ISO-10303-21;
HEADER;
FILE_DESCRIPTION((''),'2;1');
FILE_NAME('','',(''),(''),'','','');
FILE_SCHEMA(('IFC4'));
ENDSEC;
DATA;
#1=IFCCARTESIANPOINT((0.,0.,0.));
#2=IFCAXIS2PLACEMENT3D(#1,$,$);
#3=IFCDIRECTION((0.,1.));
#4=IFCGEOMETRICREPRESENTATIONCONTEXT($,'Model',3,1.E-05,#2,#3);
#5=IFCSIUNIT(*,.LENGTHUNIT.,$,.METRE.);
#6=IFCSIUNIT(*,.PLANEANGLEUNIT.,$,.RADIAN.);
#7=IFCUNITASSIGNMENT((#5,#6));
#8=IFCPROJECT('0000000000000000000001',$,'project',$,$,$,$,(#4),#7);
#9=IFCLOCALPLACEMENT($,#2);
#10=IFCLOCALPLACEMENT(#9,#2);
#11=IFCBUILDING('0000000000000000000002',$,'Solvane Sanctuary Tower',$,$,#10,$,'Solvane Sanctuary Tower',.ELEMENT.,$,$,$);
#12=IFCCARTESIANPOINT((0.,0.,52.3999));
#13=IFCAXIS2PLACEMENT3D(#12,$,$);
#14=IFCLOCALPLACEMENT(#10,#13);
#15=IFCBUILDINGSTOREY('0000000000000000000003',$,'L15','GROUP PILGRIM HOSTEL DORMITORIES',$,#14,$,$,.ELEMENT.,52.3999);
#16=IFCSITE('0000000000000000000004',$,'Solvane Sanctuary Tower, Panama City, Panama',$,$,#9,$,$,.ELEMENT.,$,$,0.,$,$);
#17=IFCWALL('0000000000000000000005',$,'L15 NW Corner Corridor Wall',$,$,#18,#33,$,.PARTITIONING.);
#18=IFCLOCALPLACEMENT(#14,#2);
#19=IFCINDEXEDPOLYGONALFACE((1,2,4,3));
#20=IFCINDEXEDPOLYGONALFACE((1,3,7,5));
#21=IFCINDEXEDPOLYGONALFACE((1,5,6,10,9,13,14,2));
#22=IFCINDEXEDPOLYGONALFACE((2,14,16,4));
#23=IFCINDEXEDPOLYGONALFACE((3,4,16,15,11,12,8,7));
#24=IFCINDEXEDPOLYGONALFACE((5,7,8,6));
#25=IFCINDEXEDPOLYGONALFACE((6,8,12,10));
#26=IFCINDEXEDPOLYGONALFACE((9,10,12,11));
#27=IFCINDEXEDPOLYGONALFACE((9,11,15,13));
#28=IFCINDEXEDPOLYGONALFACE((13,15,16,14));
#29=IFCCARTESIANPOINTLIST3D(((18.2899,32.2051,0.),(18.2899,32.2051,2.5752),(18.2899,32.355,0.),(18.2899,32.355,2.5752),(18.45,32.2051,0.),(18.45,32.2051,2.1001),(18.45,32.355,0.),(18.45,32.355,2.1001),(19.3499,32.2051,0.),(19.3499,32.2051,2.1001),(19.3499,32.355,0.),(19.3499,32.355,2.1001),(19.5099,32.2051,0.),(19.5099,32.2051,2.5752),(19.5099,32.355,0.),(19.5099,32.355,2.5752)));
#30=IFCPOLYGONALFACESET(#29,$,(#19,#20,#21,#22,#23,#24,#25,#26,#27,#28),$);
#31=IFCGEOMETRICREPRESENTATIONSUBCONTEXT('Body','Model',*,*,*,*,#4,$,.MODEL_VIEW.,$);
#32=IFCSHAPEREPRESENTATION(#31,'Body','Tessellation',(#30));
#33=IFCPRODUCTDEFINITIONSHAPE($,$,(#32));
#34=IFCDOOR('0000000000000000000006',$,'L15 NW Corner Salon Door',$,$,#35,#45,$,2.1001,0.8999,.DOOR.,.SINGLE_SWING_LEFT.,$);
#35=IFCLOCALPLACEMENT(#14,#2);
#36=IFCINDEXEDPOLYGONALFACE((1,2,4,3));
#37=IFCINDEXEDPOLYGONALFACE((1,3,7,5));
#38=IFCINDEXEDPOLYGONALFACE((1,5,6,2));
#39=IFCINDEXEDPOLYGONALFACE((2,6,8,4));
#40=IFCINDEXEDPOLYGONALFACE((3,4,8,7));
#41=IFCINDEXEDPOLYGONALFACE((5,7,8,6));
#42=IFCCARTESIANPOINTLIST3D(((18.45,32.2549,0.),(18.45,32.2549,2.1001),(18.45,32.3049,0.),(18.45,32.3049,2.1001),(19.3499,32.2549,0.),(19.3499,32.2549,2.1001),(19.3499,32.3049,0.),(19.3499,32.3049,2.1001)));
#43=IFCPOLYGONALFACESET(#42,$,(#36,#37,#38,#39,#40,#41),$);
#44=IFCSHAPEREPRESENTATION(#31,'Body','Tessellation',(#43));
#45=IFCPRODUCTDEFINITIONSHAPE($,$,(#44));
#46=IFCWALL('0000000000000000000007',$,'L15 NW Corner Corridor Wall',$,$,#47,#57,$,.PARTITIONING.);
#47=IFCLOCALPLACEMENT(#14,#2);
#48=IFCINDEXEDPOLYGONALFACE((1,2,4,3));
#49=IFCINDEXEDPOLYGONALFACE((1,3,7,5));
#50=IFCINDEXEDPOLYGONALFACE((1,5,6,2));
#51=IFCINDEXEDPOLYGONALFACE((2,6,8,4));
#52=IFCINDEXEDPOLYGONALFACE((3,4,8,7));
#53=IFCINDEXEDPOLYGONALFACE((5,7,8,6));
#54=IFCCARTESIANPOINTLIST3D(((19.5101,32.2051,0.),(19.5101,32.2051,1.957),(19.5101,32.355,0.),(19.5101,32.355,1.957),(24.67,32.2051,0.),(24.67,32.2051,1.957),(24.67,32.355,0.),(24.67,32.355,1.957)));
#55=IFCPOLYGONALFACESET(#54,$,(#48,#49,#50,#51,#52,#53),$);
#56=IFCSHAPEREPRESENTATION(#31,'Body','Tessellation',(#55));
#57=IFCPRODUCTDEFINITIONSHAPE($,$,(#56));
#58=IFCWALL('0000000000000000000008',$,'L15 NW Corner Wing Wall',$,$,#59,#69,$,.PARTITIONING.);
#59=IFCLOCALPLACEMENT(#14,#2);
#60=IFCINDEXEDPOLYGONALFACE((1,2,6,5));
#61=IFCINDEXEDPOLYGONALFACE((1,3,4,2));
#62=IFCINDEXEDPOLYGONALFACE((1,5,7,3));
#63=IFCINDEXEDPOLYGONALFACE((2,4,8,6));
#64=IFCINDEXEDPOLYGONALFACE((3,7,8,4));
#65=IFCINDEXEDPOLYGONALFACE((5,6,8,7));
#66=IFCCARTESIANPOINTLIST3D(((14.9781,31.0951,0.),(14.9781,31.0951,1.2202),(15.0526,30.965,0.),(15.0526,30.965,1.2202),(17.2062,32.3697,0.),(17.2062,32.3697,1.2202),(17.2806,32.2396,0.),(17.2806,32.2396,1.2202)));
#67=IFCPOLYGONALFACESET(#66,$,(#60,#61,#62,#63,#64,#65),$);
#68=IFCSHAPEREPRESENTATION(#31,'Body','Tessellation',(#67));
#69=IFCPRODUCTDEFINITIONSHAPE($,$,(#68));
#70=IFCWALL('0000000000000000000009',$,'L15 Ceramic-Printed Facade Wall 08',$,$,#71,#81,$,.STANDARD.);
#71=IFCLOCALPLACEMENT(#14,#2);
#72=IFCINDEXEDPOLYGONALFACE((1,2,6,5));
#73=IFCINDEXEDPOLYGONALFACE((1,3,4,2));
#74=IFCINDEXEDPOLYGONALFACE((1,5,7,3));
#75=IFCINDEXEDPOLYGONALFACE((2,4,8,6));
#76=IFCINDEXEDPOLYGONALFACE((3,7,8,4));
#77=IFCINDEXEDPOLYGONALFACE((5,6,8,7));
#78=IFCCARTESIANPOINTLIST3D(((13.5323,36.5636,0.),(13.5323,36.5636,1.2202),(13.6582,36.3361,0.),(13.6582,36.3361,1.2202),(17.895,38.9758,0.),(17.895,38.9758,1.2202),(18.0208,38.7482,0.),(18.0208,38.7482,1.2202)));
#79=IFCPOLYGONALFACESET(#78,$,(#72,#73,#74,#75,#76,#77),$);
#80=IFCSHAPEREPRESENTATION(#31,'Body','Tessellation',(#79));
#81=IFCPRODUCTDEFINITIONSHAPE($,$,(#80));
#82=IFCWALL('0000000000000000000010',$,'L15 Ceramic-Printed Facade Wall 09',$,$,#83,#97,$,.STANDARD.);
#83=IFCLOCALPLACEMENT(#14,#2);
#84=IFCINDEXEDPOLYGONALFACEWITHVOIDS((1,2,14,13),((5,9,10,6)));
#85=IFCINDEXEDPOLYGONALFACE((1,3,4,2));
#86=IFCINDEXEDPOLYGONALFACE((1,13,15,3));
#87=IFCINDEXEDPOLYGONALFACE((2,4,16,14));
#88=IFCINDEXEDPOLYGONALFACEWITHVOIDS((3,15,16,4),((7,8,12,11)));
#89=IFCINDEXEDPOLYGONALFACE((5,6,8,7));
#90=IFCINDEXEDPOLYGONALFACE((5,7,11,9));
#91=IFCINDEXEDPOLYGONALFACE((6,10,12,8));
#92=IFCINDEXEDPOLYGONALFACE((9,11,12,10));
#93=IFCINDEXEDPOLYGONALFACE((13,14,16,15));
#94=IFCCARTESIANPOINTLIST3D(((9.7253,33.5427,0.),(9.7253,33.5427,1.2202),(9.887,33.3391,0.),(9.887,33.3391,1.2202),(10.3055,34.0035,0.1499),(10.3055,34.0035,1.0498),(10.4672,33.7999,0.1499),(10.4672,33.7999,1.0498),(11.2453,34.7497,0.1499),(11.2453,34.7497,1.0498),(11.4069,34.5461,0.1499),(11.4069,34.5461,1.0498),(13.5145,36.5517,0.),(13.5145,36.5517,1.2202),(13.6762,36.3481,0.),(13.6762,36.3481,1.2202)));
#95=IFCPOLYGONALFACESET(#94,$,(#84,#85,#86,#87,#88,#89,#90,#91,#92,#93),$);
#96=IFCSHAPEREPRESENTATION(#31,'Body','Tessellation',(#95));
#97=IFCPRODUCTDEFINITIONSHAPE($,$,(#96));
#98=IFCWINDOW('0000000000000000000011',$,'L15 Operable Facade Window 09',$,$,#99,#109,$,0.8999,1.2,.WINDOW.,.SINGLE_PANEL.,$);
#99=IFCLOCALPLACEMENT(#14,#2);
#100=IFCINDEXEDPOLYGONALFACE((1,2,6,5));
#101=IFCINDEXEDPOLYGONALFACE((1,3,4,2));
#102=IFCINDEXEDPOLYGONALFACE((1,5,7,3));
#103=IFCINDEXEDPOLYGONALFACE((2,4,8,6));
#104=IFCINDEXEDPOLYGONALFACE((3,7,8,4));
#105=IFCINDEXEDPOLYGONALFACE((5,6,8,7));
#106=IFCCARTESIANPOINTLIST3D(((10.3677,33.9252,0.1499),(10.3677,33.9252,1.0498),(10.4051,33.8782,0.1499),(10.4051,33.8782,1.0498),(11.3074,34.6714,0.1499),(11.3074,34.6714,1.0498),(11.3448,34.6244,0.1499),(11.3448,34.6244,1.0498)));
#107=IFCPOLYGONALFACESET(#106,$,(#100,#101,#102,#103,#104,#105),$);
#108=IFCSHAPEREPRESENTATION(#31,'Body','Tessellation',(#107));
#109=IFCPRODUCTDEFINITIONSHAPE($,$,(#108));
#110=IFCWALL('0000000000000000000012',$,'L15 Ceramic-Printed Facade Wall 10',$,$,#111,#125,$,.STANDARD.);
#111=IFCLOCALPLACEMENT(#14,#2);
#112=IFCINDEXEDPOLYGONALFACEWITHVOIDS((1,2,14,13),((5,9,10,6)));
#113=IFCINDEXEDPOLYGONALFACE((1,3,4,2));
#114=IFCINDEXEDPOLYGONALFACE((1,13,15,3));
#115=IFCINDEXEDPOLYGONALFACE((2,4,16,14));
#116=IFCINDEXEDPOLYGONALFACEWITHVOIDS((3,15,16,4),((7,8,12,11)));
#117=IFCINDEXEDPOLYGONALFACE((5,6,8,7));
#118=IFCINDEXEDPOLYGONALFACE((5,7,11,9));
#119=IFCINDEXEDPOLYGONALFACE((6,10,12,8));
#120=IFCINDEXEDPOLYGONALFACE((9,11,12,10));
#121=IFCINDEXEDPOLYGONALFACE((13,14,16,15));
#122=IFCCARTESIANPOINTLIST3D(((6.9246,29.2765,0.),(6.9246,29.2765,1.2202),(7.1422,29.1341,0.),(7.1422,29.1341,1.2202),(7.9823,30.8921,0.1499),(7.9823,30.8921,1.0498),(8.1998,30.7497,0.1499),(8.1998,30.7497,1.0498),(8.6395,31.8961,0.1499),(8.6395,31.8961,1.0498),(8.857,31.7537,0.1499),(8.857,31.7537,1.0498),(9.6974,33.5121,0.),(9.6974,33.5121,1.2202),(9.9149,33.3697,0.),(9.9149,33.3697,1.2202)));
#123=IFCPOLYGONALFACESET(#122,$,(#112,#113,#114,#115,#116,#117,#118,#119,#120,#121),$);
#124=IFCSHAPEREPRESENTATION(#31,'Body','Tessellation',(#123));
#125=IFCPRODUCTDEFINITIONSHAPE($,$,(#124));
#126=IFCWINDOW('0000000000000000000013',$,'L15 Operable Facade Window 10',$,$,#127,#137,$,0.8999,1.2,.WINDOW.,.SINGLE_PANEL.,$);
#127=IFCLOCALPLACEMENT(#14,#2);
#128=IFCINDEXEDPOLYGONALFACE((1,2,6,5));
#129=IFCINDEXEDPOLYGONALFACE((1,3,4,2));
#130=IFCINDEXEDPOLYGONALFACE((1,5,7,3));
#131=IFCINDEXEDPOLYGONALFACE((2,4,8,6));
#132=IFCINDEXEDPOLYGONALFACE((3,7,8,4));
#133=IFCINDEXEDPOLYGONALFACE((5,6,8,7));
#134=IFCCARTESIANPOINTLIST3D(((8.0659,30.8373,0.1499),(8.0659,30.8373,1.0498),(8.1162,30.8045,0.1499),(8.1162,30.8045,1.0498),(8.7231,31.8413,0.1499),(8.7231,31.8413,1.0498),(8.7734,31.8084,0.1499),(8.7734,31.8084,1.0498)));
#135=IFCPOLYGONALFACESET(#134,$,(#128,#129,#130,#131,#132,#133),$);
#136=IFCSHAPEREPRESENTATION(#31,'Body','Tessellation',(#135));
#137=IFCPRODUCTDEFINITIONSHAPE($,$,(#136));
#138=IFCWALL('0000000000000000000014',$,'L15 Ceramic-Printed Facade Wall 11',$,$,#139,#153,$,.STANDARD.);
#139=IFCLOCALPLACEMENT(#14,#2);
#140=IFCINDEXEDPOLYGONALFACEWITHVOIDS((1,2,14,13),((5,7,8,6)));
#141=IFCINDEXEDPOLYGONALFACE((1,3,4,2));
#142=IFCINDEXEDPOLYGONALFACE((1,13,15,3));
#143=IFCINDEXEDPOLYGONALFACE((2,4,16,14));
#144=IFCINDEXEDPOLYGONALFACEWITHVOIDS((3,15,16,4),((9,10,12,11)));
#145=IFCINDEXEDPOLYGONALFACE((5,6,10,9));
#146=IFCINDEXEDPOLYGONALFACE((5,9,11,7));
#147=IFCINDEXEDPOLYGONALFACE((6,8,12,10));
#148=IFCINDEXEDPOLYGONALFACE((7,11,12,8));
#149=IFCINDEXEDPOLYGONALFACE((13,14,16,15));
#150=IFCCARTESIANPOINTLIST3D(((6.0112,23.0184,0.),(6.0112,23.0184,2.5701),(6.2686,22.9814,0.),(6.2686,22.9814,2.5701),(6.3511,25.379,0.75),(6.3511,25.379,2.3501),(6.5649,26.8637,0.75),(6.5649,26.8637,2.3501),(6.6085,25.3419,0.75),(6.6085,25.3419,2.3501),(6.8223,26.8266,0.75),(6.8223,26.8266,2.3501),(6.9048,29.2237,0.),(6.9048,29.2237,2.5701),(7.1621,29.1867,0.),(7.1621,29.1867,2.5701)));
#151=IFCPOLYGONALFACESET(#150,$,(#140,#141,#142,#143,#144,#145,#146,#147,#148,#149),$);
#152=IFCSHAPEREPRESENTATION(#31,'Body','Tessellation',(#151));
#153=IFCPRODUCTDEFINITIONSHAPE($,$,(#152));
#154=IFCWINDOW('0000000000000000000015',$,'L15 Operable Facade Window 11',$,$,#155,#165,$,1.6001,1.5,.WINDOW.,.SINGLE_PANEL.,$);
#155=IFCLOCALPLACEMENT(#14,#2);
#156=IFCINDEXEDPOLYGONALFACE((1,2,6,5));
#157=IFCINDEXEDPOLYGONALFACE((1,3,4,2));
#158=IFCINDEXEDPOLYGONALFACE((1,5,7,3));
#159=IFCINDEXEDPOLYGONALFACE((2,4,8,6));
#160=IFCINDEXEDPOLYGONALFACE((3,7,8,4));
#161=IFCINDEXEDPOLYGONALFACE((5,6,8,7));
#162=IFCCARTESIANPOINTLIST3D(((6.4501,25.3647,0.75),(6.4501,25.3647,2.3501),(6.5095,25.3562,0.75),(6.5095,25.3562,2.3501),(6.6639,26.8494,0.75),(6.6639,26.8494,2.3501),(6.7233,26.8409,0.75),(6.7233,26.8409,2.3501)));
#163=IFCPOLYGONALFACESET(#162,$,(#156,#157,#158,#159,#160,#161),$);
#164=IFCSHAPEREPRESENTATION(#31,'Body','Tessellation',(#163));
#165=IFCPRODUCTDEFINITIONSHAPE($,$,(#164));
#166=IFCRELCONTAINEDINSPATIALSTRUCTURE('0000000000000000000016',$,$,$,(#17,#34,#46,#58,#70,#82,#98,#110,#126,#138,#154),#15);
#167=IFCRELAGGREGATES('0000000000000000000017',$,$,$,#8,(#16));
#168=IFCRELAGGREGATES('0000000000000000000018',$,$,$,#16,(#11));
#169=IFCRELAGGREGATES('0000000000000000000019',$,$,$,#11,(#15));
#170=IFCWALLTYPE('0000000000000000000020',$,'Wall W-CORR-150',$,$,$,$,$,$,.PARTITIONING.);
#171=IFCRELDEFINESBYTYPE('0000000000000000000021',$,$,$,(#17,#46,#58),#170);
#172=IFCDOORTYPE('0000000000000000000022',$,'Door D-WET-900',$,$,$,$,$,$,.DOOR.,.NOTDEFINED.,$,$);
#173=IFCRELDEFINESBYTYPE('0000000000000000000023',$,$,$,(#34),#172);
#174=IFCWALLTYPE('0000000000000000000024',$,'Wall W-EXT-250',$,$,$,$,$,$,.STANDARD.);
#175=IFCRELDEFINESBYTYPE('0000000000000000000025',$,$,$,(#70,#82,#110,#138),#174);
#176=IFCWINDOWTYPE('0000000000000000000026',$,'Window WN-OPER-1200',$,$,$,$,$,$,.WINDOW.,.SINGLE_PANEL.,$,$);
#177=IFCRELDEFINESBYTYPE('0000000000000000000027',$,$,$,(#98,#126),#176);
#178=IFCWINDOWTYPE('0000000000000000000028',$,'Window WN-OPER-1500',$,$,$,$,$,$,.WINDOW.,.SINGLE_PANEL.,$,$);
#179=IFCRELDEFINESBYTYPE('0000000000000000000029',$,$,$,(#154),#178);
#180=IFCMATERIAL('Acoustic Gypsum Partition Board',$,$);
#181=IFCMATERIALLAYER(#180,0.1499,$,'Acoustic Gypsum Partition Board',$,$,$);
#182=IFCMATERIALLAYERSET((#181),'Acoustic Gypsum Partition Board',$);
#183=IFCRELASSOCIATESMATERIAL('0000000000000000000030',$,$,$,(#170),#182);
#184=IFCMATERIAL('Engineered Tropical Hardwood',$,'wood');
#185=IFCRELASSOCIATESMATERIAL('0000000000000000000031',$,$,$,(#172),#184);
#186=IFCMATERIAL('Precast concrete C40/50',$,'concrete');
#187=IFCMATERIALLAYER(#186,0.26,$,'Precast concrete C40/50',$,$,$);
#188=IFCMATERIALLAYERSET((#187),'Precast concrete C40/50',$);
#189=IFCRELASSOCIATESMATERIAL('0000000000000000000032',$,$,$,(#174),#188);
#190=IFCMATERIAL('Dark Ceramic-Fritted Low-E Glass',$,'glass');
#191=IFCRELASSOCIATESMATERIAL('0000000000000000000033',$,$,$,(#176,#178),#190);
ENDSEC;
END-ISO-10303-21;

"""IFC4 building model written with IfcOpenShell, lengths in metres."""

from ifc_helpers import new_model, si_unit, direction, frame, frame_2d, origin, place, context, subcontext, project, spatial, rectangle, extrude, material, layer, layer_set, type_object, element, fill, save


model = new_model("IFC4")

# Units and contexts
model_context = context("Model", 3, precision=1e-05, world=origin(), true_north=direction((0.0, 1.0)))
body_context = subcontext(model_context, "Body", "Model", "MODEL_VIEW")
ifc_project = project(units=[si_unit("LENGTHUNIT", "METRE"), si_unit("PLANEANGLEUNIT", "RADIAN")], contexts=[model_context])

# Site, building, storey
site_placement = place(None, origin())
site = spatial("IfcSite", under=ifc_project, at=site_placement, Name="Solvane Sanctuary Tower, Panama City, Panama", CompositionType="ELEMENT", RefElevation=0.0)
building_placement = place(site_placement, origin())
building = spatial("IfcBuilding", under=site, at=building_placement, Name="Solvane Sanctuary Tower", LongName="Solvane Sanctuary Tower", CompositionType="ELEMENT")
storey_placement = place(building_placement, frame((0.0, 0.0, 52.3999)))
storey = spatial("IfcBuildingStorey", under=building, at=storey_placement, Name="L15", Description="GROUP PILGRIM HOSTEL DORMITORIES", CompositionType="ELEMENT", Elevation=52.3999)

# Shared definitions
ifc_material_1 = material(Name="Acoustic Gypsum Partition Board")
ifc_layer_1 = layer(ifc_material_1, 0.1499, Name="Acoustic Gypsum Partition Board")
ifc_layer_set_1 = layer_set([ifc_layer_1], Name="Acoustic Gypsum Partition Board")
wall_type_1 = type_object("IfcWallType", Name="Wall W-CORR-150", PredefinedType="PARTITIONING", material=ifc_layer_set_1)

# Wall, opening, door
wall_1_placement = place(storey_placement, frame((18.29, 32.28, 0.0), z_axis=(0.0, 0.0, 1.0), x_axis=(1.0, 0.0, 0.0)))
wall_1 = element("IfcWall", 1, at=wall_1_placement, inside=storey, type_object=wall_type_1, Name="L15 NW Corner Corridor Wall", PredefinedType="PARTITIONING", context=body_context, shape_type="SweptSolid", body=[
    extrude(rectangle(XDim=1.22, YDim=0.1499, at=frame_2d((0.6099, 0.0))), origin(), (0.0, 0.0, 1.0), 2.5752),
])
opening_1_placement = place(wall_1_placement, frame((0.1599, 0.0, 0.0)))
opening_1 = element("IfcOpeningElement", 2, at=opening_1_placement, cuts=wall_1, PredefinedType="OPENING", context=body_context, shape_type="SweptSolid", body=[
    extrude(rectangle(XDim=0.8999, YDim=2.1001, at=frame_2d((0.45, 1.05))), frame((0.0, 0.085, 0.0), z_axis=(0.0, -1.0, 0.0), x_axis=(1.0, 0.0, 0.0)), (0.0, 0.0, 1.0), 0.1699),
])
ifc_material_2 = material(Name="Engineered Tropical Hardwood", Category="wood")
door_type_1 = type_object("IfcDoorType", Name="Door D-WET-900", OperationType="NOTDEFINED", PredefinedType="DOOR", material=ifc_material_2)
door_1_placement = place(opening_1_placement, origin())
door_1 = element("IfcDoor", 3, at=door_1_placement, inside=storey, type_object=door_type_1, Name="L15 NW Corner Salon Door", OperationType="SINGLE_SWING_LEFT", OverallHeight=2.1001, OverallWidth=0.8999, PredefinedType="DOOR", context=body_context, shape_type="SweptSolid", body=[
    extrude(rectangle(XDim=0.8999, YDim=2.1001, at=frame_2d((0.45, 1.05))), frame((0.0, 0.0249, 0.0), z_axis=(0.0, -1.0, 0.0), x_axis=(1.0, 0.0, 0.0)), (0.0, 0.0, 1.0), 0.05),
])
fill(opening_1, door_1)

# Walls
wall_2_placement = place(storey_placement, frame((19.51, 32.28, 0.0), z_axis=(0.0, 0.0, 1.0), x_axis=(1.0, 0.0, 0.0)))
element("IfcWall", 4, at=wall_2_placement, inside=storey, type_object=wall_type_1, Name="L15 NW Corner Corridor Wall", PredefinedType="PARTITIONING", context=body_context, shape_type="SweptSolid", body=[
    extrude(rectangle(XDim=5.1599, YDim=0.1499, at=frame_2d((2.5801, 0.0))), origin(), (0.0, 0.0, 1.0), 1.957),
])
wall_3_placement = place(storey_placement, frame((17.2434, 32.3047, 0.0), z_axis=(0.0, 0.0, 1.0), x_axis=(-0.867991, -0.496579, 0.0)))
element("IfcWall", 5, at=wall_3_placement, inside=storey, type_object=wall_type_1, Name="L15 NW Corner Wing Wall", PredefinedType="PARTITIONING", context=body_context, shape_type="SweptSolid", body=[
    extrude(rectangle(XDim=2.5669, YDim=0.1499, at=frame_2d((1.2834, 0.0))), origin(), (0.0, 0.0, 1.0), 1.2202),
])
ifc_material_3 = material(Name="Precast concrete C40/50", Category="concrete")
ifc_layer_2 = layer(ifc_material_3, 0.26, Name="Precast concrete C40/50")
ifc_layer_set_2 = layer_set([ifc_layer_2], Name="Precast concrete C40/50")
wall_type_2 = type_object("IfcWallType", Name="Wall W-EXT-250", PredefinedType="STANDARD", material=ifc_layer_set_2)
wall_4_placement = place(storey_placement, frame((17.958, 38.8621, 0.0), z_axis=(0.0, 0.0, 1.0), x_axis=(-0.875137, -0.483875, 0.0)))
element("IfcWall", 6, at=wall_4_placement, inside=storey, type_object=wall_type_2, Name="L15 Ceramic-Printed Facade Wall 08", PredefinedType="STANDARD", context=body_context, shape_type="SweptSolid", body=[
    extrude(rectangle(XDim=4.9851, YDim=0.26, at=frame_2d((2.4927, 0.0))), origin(), (0.0, 0.0, 1.0), 1.2202),
])

# Walls, openings, windows
wall_5_placement = place(storey_placement, frame((13.5955, 36.45, 0.0), z_axis=(0.0, 0.0, 1.0), x_axis=(-0.783123, -0.621867, 0.0)))
wall_5 = element("IfcWall", 7, at=wall_5_placement, inside=storey, type_object=wall_type_2, Name="L15 Ceramic-Printed Facade Wall 09", PredefinedType="STANDARD", context=body_context, shape_type="SweptSolid", body=[
    extrude(rectangle(XDim=4.8386, YDim=0.26, at=frame_2d((2.4194, 0.0))), origin(), (0.0, 0.0, 1.0), 1.2202),
])
opening_2_placement = place(wall_5_placement, frame((2.8977, 0.0, 0.1499)))
opening_2 = element("IfcOpeningElement", 8, at=opening_2_placement, cuts=wall_5, PredefinedType="OPENING", context=body_context, shape_type="SweptSolid", body=[
    extrude(rectangle(XDim=1.2, YDim=0.8999, at=frame_2d((0.6001, 0.45))), frame((0.0, 0.1399, 0.0), z_axis=(0.0, -1.0, 0.0), x_axis=(1.0, 0.0, 0.0)), (0.0, 0.0, 1.0), 0.28),
])
ifc_material_4 = material(Name="Dark Ceramic-Fritted Low-E Glass", Category="glass")
window_type_1 = type_object("IfcWindowType", Name="Window WN-OPER-1200", PartitioningType="SINGLE_PANEL", PredefinedType="WINDOW", material=ifc_material_4)
window_1_placement = place(opening_2_placement, origin())
window_1 = element("IfcWindow", 9, at=window_1_placement, inside=storey, type_object=window_type_1, Name="L15 Operable Facade Window 09", OverallHeight=0.8999, OverallWidth=1.2, PartitioningType="SINGLE_PANEL", PredefinedType="WINDOW", context=body_context, shape_type="SweptSolid", body=[
    extrude(rectangle(XDim=1.2, YDim=0.8999, at=frame_2d((0.6001, 0.45))), frame((0.0, 0.03, 0.0), z_axis=(0.0, -1.0, 0.0), x_axis=(1.0, 0.0, 0.0)), (0.0, 0.0, 1.0), 0.0601),
])
fill(opening_2, window_1)
wall_6_placement = place(storey_placement, frame((9.8062, 33.4409, 0.0), z_axis=(0.0, 0.0, 1.0), x_axis=(-0.547703, -0.836673, 0.0)))
wall_6 = element("IfcWall", 10, at=wall_6_placement, inside=storey, type_object=wall_type_2, Name="L15 Ceramic-Printed Facade Wall 10", PredefinedType="STANDARD", context=body_context, shape_type="SweptSolid", body=[
    extrude(rectangle(XDim=5.0625, YDim=0.26, at=frame_2d((2.5312, 0.0))), origin(), (0.0, 0.0, 1.0), 1.2202),
])
opening_3_placement = place(wall_6_placement, frame((1.9314, 0.0, 0.1499)))
opening_3 = element("IfcOpeningElement", 11, at=opening_3_placement, cuts=wall_6, PredefinedType="OPENING", context=body_context, shape_type="SweptSolid", body=[
    extrude(rectangle(XDim=1.2, YDim=0.8999, at=frame_2d((0.6001, 0.45))), frame((0.0, 0.1399, 0.0), z_axis=(0.0, -1.0, 0.0), x_axis=(1.0, 0.0, 0.0)), (0.0, 0.0, 1.0), 0.28),
])
window_2_placement = place(opening_3_placement, origin())
window_2 = element("IfcWindow", 12, at=window_2_placement, inside=storey, type_object=window_type_1, Name="L15 Operable Facade Window 10", OverallHeight=0.8999, OverallWidth=1.2, PartitioningType="SINGLE_PANEL", PredefinedType="WINDOW", context=body_context, shape_type="SweptSolid", body=[
    extrude(rectangle(XDim=1.2, YDim=0.8999, at=frame_2d((0.6001, 0.45))), frame((0.0, 0.03, 0.0), z_axis=(0.0, -1.0, 0.0), x_axis=(1.0, 0.0, 0.0)), (0.0, 0.0, 1.0), 0.0601),
])
fill(opening_3, window_2)
wall_7_placement = place(storey_placement, frame((7.0334, 29.2053, 0.0), z_axis=(0.0, 0.0, 1.0), x_axis=(-0.142528, -0.989791, 0.0)))
wall_7 = element("IfcWall", 13, at=wall_7_placement, inside=storey, type_object=wall_type_2, Name="L15 Ceramic-Printed Facade Wall 11", PredefinedType="STANDARD", context=body_context, shape_type="SweptSolid", body=[
    extrude(rectangle(XDim=6.2693, YDim=0.26, at=frame_2d((3.1348, 0.0))), origin(), (0.0, 0.0, 1.0), 2.5701),
])
opening_4_placement = place(wall_7_placement, frame((2.3845, 0.0, 0.75)))
opening_4 = element("IfcOpeningElement", 14, at=opening_4_placement, cuts=wall_7, PredefinedType="OPENING", context=body_context, shape_type="SweptSolid", body=[
    extrude(rectangle(XDim=1.5, YDim=1.6001, at=frame_2d((0.75, 0.8))), frame((0.0, 0.1399, 0.0), z_axis=(0.0, -1.0, 0.0), x_axis=(1.0, 0.0, 0.0)), (0.0, 0.0, 1.0), 0.28),
])
window_type_2 = type_object("IfcWindowType", Name="Window WN-OPER-1500", PartitioningType="SINGLE_PANEL", PredefinedType="WINDOW", material=ifc_material_4)
window_3_placement = place(opening_4_placement, origin())
window_3 = element("IfcWindow", 15, at=window_3_placement, inside=storey, type_object=window_type_2, Name="L15 Operable Facade Window 11", OverallHeight=1.6001, OverallWidth=1.5, PartitioningType="SINGLE_PANEL", PredefinedType="WINDOW", context=body_context, shape_type="SweptSolid", body=[
    extrude(rectangle(XDim=1.5, YDim=1.6001, at=frame_2d((0.75, 0.8))), frame((0.0, 0.03, 0.0), z_axis=(0.0, -1.0, 0.0), x_axis=(1.0, 0.0, 0.0)), (0.0, 0.0, 1.0), 0.0601),
])
fill(opening_4, window_3)

save(model, "model.ifc")
